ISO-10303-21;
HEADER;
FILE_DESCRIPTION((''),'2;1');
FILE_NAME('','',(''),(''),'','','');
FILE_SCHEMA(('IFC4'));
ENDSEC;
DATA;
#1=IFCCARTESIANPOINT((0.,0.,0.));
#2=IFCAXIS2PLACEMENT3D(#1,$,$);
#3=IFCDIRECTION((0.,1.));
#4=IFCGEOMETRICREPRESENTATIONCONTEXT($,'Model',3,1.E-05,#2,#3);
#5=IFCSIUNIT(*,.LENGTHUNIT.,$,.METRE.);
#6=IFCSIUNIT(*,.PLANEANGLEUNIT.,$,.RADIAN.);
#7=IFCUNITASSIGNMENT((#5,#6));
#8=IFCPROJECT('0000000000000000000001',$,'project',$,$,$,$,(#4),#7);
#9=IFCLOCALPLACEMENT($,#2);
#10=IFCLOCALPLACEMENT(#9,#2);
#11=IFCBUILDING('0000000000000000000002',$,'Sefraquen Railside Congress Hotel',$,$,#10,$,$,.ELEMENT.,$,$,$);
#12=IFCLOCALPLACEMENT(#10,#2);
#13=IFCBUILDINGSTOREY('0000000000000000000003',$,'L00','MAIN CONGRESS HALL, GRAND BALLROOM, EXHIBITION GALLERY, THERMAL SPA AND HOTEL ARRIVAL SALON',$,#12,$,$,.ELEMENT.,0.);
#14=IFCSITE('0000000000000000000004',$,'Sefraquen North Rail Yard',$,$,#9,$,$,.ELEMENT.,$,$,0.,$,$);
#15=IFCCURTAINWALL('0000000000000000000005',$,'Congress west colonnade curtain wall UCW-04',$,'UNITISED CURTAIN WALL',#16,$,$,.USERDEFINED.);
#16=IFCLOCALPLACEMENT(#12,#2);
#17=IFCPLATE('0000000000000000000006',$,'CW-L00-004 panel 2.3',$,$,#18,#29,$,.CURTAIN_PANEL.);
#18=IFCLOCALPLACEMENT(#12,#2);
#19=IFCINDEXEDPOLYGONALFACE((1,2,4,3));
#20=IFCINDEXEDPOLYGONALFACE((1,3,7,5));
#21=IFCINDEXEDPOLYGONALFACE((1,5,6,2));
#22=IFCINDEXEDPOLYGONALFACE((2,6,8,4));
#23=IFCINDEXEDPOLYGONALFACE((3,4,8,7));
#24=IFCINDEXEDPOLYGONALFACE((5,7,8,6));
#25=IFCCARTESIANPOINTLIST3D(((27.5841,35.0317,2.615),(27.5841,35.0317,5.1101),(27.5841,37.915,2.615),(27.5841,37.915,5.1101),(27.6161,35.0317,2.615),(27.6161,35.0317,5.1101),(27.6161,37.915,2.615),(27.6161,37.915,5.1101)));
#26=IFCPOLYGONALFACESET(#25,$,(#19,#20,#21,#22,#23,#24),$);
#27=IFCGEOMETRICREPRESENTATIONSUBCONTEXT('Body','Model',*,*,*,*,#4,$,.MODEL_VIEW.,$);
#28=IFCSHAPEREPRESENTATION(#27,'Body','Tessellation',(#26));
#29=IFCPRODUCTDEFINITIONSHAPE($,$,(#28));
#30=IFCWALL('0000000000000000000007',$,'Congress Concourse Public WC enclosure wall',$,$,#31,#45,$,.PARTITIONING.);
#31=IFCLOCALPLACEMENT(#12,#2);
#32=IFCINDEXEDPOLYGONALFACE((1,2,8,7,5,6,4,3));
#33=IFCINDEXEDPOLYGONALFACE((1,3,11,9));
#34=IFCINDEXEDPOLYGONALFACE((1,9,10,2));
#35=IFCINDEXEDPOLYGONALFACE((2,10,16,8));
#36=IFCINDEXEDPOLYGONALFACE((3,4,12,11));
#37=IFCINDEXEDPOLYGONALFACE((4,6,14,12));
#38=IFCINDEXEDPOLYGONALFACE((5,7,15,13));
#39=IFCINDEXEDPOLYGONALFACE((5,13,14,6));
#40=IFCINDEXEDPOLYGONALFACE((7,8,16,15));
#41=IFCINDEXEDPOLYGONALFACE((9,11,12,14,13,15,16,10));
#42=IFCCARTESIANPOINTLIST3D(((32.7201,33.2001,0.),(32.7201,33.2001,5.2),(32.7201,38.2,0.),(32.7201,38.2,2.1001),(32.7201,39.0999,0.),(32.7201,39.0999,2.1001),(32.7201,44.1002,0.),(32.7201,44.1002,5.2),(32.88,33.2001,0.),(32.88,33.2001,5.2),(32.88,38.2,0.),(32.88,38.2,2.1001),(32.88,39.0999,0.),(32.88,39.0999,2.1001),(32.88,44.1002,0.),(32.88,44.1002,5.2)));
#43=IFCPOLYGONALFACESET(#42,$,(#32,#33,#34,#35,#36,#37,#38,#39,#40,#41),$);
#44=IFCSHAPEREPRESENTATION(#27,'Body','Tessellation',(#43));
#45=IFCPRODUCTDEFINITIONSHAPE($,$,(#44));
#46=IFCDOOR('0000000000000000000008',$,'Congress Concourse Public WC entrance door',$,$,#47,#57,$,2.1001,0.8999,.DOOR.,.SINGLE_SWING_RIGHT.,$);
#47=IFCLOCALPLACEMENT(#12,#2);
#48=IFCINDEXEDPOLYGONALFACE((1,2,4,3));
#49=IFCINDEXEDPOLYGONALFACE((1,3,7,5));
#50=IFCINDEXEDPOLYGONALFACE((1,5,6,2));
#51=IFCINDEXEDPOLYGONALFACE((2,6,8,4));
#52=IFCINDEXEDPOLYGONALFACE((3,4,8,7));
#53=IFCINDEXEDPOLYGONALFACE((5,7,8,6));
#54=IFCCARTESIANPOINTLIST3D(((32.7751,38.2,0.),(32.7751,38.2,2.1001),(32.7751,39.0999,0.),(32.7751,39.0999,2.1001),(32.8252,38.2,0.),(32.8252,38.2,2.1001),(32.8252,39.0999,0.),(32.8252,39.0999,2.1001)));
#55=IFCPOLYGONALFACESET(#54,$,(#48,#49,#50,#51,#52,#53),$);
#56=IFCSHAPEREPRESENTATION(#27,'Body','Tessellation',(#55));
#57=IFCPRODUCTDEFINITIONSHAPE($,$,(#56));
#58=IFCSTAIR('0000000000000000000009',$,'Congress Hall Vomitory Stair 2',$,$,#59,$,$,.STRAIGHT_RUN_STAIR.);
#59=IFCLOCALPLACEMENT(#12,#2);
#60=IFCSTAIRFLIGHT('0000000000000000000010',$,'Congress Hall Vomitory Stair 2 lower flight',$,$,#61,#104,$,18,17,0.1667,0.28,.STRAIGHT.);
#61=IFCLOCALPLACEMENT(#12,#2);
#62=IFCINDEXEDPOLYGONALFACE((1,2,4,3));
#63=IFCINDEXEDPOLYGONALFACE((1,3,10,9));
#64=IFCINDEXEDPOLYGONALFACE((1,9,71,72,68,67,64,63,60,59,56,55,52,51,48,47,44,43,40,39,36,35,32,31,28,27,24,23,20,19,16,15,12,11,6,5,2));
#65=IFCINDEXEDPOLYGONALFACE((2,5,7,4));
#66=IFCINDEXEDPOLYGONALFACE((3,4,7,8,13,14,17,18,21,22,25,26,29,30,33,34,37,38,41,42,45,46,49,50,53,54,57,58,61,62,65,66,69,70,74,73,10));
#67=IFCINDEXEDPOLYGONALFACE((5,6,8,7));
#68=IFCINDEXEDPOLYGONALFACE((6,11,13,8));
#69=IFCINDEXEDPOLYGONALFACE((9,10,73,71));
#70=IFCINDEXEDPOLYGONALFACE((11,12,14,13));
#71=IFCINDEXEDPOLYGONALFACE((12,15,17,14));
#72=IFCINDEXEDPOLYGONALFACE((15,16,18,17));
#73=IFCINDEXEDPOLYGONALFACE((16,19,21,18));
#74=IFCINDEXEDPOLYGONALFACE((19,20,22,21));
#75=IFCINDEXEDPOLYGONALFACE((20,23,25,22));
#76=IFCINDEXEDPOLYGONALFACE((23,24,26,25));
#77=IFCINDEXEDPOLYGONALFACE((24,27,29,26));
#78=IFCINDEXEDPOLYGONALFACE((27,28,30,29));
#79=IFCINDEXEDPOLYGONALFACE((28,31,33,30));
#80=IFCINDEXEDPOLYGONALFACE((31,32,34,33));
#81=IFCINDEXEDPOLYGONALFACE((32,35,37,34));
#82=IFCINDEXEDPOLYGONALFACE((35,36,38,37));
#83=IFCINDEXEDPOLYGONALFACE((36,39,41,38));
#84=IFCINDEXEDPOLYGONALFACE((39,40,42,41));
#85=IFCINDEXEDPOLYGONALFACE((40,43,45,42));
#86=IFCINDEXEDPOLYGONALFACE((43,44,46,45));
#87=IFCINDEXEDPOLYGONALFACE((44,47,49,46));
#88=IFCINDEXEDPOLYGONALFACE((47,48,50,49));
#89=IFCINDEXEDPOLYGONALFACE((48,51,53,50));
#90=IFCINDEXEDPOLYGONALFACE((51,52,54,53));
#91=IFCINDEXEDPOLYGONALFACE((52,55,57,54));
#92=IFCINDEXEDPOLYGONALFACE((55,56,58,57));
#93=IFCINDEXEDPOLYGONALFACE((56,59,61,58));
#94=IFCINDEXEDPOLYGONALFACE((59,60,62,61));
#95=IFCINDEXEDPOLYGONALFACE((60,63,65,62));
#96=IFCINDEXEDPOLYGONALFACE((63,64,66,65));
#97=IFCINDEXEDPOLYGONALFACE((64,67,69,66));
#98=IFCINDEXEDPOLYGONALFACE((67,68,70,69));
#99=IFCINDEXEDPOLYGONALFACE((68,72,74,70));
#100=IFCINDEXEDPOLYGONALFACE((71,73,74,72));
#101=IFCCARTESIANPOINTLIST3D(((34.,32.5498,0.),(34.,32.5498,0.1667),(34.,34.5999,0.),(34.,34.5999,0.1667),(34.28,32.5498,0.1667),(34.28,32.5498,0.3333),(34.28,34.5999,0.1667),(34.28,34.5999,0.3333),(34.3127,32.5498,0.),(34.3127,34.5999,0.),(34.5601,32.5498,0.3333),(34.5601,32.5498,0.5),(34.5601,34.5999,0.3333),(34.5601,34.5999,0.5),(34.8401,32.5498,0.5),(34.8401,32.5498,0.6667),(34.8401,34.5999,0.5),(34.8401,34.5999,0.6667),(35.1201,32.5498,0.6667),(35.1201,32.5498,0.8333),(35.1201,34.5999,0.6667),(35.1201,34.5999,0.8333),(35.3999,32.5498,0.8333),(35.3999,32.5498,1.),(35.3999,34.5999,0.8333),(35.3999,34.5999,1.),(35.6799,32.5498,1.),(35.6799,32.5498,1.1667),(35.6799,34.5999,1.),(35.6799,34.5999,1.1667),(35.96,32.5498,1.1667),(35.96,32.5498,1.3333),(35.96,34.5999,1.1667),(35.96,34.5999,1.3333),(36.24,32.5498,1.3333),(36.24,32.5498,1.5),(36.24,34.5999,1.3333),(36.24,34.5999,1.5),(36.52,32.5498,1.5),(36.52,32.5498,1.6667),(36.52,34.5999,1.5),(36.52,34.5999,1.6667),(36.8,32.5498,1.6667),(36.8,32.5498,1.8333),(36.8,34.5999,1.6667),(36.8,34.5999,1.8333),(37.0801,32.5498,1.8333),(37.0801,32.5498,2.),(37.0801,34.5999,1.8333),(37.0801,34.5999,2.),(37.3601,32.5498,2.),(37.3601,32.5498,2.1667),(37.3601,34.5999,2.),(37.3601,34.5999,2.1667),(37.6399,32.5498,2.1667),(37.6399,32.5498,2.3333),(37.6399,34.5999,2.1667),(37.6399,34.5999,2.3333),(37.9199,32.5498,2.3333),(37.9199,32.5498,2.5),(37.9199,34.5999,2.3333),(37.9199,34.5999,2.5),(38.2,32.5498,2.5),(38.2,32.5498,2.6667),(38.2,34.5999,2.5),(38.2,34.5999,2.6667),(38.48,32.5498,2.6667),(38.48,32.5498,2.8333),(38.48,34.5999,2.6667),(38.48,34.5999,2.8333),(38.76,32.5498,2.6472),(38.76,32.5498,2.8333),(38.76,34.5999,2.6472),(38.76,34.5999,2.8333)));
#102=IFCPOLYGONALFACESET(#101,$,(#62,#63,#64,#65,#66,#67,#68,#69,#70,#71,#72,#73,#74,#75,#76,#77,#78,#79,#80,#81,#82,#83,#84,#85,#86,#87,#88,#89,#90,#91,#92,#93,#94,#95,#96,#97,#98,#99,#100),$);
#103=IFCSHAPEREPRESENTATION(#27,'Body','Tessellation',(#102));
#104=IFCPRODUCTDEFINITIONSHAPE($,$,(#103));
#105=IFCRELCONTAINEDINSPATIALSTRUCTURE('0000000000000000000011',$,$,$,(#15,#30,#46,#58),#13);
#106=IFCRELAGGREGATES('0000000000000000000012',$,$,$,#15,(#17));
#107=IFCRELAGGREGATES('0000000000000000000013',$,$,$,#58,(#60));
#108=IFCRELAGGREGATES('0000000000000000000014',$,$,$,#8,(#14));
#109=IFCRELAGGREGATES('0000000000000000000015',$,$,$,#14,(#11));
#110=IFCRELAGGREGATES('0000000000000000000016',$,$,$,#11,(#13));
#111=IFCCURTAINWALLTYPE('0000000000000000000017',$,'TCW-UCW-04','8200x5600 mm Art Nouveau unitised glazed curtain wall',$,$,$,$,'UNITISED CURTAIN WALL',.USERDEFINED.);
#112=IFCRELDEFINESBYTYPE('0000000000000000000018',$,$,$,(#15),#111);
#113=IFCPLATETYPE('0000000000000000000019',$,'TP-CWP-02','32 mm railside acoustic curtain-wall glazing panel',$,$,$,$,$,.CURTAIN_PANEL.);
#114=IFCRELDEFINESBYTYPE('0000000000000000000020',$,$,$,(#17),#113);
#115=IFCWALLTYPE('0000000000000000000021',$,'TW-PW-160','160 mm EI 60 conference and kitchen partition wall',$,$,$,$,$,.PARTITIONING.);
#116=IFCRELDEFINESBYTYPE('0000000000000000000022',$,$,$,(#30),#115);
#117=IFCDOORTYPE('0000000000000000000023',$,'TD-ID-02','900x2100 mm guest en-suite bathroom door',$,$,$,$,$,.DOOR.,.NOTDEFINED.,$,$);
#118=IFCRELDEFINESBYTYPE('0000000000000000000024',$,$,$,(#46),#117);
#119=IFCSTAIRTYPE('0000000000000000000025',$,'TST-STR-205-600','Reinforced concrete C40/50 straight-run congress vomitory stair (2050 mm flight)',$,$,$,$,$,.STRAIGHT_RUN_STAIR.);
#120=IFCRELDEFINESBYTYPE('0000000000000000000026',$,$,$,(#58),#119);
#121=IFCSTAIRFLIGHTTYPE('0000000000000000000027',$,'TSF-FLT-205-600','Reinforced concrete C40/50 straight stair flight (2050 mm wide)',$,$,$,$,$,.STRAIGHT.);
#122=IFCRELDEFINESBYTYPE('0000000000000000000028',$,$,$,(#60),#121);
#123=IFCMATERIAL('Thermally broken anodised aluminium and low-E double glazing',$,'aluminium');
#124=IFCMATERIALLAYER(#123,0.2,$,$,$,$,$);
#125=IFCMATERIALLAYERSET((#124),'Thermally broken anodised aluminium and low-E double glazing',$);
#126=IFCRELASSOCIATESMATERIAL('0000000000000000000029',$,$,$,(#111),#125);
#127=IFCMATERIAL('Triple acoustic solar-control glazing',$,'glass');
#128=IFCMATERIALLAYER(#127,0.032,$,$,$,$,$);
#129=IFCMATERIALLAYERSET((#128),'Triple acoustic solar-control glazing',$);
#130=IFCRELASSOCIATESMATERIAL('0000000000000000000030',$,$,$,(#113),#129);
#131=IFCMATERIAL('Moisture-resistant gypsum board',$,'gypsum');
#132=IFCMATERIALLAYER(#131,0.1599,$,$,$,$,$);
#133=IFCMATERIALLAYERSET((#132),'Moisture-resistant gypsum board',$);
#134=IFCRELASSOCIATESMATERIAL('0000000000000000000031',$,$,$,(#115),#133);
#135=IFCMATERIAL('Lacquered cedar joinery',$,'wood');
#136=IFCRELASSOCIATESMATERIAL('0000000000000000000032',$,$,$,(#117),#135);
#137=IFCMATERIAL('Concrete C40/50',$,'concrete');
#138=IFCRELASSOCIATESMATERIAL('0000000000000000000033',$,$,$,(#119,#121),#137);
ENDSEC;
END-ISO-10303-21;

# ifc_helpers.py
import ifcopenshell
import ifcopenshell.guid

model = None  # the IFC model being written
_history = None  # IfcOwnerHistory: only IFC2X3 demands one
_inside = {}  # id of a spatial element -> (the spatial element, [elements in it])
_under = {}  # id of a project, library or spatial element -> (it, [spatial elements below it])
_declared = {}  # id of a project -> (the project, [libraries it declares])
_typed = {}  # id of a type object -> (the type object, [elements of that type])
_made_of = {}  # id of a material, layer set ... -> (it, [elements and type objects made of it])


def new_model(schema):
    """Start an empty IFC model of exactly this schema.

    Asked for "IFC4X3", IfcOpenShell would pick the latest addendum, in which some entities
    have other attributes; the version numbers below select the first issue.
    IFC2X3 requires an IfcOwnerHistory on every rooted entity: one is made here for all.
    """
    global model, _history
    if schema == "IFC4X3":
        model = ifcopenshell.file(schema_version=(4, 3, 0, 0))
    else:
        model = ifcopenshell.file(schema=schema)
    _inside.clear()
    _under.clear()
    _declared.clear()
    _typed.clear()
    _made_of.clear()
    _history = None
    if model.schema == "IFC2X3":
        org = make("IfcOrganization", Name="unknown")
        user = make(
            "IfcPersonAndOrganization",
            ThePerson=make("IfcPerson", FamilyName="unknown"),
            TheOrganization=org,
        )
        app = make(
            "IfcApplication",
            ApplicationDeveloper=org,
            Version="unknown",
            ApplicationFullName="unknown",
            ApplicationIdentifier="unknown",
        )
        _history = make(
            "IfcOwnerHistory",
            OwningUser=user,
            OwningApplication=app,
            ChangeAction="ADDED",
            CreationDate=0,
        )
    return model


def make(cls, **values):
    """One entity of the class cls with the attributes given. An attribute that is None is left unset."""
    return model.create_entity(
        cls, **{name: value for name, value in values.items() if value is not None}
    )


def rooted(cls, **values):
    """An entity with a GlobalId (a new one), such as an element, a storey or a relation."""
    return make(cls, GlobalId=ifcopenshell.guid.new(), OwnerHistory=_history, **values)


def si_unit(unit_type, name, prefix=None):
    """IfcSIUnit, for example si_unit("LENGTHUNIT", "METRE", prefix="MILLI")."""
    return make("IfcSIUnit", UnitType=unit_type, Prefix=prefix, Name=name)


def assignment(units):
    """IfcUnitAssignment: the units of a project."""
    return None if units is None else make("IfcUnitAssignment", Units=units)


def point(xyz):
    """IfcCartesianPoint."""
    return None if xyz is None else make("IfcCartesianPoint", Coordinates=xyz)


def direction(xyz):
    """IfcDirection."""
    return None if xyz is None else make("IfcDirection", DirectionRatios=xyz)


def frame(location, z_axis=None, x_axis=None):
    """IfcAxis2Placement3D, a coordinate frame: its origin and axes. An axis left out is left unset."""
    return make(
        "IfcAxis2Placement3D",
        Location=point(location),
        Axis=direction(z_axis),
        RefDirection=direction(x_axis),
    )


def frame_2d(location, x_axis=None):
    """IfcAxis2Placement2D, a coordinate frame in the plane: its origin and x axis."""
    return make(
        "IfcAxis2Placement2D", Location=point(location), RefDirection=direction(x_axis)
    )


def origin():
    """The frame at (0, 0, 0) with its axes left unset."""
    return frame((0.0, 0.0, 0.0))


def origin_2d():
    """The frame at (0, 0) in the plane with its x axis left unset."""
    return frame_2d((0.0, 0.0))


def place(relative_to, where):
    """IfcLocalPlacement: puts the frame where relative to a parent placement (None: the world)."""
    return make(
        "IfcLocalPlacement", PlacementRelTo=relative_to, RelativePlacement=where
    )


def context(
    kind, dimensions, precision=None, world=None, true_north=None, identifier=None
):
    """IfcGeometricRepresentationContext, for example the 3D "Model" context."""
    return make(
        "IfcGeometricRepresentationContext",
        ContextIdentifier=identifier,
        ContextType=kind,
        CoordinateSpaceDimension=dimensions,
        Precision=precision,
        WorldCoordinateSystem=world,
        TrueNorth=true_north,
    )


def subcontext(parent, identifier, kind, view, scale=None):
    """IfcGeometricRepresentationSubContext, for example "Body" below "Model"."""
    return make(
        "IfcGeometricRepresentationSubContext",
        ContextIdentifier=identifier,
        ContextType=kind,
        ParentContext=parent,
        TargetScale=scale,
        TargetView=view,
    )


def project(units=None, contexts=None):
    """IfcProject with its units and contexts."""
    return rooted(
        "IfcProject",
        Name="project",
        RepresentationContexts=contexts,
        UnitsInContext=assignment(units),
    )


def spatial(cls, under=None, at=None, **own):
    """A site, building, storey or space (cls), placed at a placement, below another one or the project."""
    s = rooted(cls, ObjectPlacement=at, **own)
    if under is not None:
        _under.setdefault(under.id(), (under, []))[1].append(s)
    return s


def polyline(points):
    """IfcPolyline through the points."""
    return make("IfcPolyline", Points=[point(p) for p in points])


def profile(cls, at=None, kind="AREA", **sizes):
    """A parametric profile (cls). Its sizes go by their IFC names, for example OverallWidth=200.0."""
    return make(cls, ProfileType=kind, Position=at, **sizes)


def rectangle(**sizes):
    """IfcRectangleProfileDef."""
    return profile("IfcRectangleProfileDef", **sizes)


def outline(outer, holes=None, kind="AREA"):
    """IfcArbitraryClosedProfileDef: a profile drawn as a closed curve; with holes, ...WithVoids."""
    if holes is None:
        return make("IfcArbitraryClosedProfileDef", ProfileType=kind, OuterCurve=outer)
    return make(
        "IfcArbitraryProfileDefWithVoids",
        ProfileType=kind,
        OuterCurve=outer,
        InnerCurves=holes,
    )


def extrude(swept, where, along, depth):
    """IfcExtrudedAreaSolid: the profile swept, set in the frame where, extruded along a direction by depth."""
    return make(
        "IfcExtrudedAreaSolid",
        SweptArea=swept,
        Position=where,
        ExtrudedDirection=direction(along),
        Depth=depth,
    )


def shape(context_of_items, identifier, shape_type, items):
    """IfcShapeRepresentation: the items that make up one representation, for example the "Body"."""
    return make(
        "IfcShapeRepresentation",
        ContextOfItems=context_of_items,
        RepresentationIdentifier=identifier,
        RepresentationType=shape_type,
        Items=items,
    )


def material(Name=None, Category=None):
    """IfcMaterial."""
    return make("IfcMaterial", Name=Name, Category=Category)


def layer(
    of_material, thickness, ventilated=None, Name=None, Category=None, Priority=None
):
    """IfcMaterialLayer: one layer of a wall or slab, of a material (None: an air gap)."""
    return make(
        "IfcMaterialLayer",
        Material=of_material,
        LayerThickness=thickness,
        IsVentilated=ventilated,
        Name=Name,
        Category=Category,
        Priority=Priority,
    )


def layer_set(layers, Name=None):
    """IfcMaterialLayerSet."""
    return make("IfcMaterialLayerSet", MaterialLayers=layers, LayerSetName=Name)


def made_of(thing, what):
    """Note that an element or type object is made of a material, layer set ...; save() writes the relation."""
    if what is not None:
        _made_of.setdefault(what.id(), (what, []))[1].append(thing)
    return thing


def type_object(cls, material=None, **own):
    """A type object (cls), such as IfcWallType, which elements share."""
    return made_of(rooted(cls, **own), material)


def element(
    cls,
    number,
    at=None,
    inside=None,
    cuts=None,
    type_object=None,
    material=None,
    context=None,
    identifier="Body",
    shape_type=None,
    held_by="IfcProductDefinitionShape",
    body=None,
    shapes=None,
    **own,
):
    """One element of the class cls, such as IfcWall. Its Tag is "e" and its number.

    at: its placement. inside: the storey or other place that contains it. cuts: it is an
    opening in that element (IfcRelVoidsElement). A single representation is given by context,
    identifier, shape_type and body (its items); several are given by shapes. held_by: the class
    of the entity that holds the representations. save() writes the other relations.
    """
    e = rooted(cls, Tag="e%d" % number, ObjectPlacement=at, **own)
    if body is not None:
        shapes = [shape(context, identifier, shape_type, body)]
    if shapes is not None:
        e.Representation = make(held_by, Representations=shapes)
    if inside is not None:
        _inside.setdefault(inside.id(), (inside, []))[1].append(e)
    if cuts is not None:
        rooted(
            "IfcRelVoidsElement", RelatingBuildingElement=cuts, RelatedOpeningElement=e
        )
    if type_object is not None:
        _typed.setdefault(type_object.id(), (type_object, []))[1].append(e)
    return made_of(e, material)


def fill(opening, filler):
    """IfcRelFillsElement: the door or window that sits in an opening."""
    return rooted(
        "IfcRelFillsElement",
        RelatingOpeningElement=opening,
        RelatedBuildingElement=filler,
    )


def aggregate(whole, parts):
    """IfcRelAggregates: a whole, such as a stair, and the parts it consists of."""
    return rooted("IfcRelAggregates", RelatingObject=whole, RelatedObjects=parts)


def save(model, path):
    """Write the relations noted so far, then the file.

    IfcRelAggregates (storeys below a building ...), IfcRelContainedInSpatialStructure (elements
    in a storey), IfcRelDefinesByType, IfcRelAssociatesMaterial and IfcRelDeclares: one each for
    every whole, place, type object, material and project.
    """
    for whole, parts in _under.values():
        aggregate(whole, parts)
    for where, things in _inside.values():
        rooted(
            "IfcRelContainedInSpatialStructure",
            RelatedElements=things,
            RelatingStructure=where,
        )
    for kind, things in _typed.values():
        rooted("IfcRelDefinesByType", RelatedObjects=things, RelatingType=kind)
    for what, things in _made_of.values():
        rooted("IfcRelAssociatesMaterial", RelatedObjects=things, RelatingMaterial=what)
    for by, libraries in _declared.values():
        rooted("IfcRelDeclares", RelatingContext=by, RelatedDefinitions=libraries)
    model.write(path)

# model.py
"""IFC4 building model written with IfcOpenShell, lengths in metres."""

from ifc_helpers import new_model, si_unit, direction, frame, frame_2d, origin, origin_2d, place, context, subcontext, project, spatial, polyline, rectangle, outline, extrude, material, layer, layer_set, type_object, element, fill, aggregate, save


model = new_model("IFC4")

# Units and contexts
model_context = context("Model", 3, precision=1e-05, world=origin(), true_north=direction((0.0, 1.0)))
body_context = subcontext(model_context, "Body", "Model", "MODEL_VIEW")
ifc_project = project(units=[si_unit("LENGTHUNIT", "METRE"), si_unit("PLANEANGLEUNIT", "RADIAN")], contexts=[model_context])

# Site, building, storey
site_placement = place(None, origin())
site = spatial("IfcSite", under=ifc_project, at=site_placement, Name="Sefraquen North Rail Yard", CompositionType="ELEMENT", RefElevation=0.0)
building_placement = place(site_placement, origin())
building = spatial("IfcBuilding", under=site, at=building_placement, Name="Sefraquen Railside Congress Hotel", CompositionType="ELEMENT")
storey_placement = place(building_placement, origin())
storey = spatial("IfcBuildingStorey", under=building, at=storey_placement, Name="L00", Description="MAIN CONGRESS HALL, GRAND BALLROOM, EXHIBITION GALLERY, THERMAL SPA AND HOTEL ARRIVAL SALON", CompositionType="ELEMENT", Elevation=0.0)

# Curtain wall
ifc_material_1 = material(Name="Thermally broken anodised aluminium and low-E double glazing", Category="aluminium")
ifc_layer_1 = layer(ifc_material_1, 0.2)
ifc_layer_set_1 = layer_set([ifc_layer_1], Name="Thermally broken anodised aluminium and low-E double glazing")
curtain_wall_type_1 = type_object("IfcCurtainWallType", Name="TCW-UCW-04", Description="8200x5600 mm Art Nouveau unitised glazed curtain wall", ElementType="UNITISED CURTAIN WALL", PredefinedType="USERDEFINED", material=ifc_layer_set_1)
curtain_wall_1_placement = place(storey_placement, origin())
curtain_wall_1 = element("IfcCurtainWall", 1, at=curtain_wall_1_placement, inside=storey, type_object=curtain_wall_type_1, Name="Congress west colonnade curtain wall UCW-04", ObjectType="UNITISED CURTAIN WALL", PredefinedType="USERDEFINED")

# Plate
ifc_material_2 = material(Name="Triple acoustic solar-control glazing", Category="glass")
ifc_layer_2 = layer(ifc_material_2, 0.032)
ifc_layer_set_2 = layer_set([ifc_layer_2], Name="Triple acoustic solar-control glazing")
plate_type_1 = type_object("IfcPlateType", Name="TP-CWP-02", Description="32 mm railside acoustic curtain-wall glazing panel", PredefinedType="CURTAIN_PANEL", material=ifc_layer_set_2)
plate_1_placement = place(storey_placement, frame((27.6001, 36.4734, 2.615), z_axis=(0.0, 0.0, 1.0), x_axis=(0.0, 1.0, 0.0)))
plate_1 = element("IfcPlate", 2, at=plate_1_placement, type_object=plate_type_1, Name="CW-L00-004 panel 2.3", PredefinedType="CURTAIN_PANEL", context=body_context, shape_type="SweptSolid", body=[
    extrude(rectangle(XDim=2.8833, YDim=0.032, at=origin_2d()), origin(), (0.0, 0.0, 1.0), 2.4951),
])
aggregate(curtain_wall_1, [plate_1])

# Wall, opening, door
ifc_material_3 = material(Name="Moisture-resistant gypsum board", Category="gypsum")
ifc_layer_3 = layer(ifc_material_3, 0.1599)
ifc_layer_set_3 = layer_set([ifc_layer_3], Name="Moisture-resistant gypsum board")
wall_type = type_object("IfcWallType", Name="TW-PW-160", Description="160 mm EI 60 conference and kitchen partition wall", PredefinedType="PARTITIONING", material=ifc_layer_set_3)
wall_placement = place(storey_placement, frame((32.8, 33.2, 0.0), z_axis=(0.0, 0.0, 1.0), x_axis=(0.0, 1.0, 0.0)))
wall = element("IfcWall", 3, at=wall_placement, inside=storey, type_object=wall_type, Name="Congress Concourse Public WC enclosure wall", PredefinedType="PARTITIONING", context=body_context, shape_type="SweptSolid", body=[
    extrude(rectangle(XDim=10.9001, YDim=0.1599, at=frame_2d((5.4502, 0.0))), origin(), (0.0, 0.0, 1.0), 5.2),
])
opening_placement = place(wall_placement, frame((5.0, 0.0, 0.0)))
opening = element("IfcOpeningElement", 4, at=opening_placement, cuts=wall, PredefinedType="OPENING", context=body_context, shape_type="SweptSolid", body=[
    extrude(rectangle(XDim=0.8999, YDim=2.1001, at=frame_2d((0.45, 1.05))), frame((0.0, 0.0898, 0.0), z_axis=(0.0, -1.0, 0.0), x_axis=(1.0, 0.0, 0.0)), (0.0, 0.0, 1.0), 0.1799),
])
ifc_material_4 = material(Name="Lacquered cedar joinery", Category="wood")
door_type = type_object("IfcDoorType", Name="TD-ID-02", Description="900x2100 mm guest en-suite bathroom door", OperationType="NOTDEFINED", PredefinedType="DOOR", material=ifc_material_4)
door_placement = place(opening_placement, origin())
door = element("IfcDoor", 5, at=door_placement, inside=storey, type_object=door_type, Name="Congress Concourse Public WC entrance door", OperationType="SINGLE_SWING_RIGHT", OverallHeight=2.1001, OverallWidth=0.8999, PredefinedType="DOOR", context=body_context, shape_type="SweptSolid", body=[
    extrude(rectangle(XDim=0.8999, YDim=2.1001, at=frame_2d((0.45, 1.05))), frame((0.0, 0.0249, 0.0), z_axis=(0.0, -1.0, 0.0), x_axis=(1.0, 0.0, 0.0)), (0.0, 0.0, 1.0), 0.05),
])
fill(opening, door)

# Stair, stair flight
ifc_material_5 = material(Name="Concrete C40/50", Category="concrete")
stair_type = type_object("IfcStairType", Name="TST-STR-205-600", Description="Reinforced concrete C40/50 straight-run congress vomitory stair (2050 mm flight)", PredefinedType="STRAIGHT_RUN_STAIR", material=ifc_material_5)
stair_placement = place(storey_placement, origin())
stair = element("IfcStair", 6, at=stair_placement, inside=storey, type_object=stair_type, Name="Congress Hall Vomitory Stair 2", PredefinedType="STRAIGHT_RUN_STAIR")
stair_flight_type = type_object("IfcStairFlightType", Name="TSF-FLT-205-600", Description="Reinforced concrete C40/50 straight stair flight (2050 mm wide)", PredefinedType="STRAIGHT", material=ifc_material_5)
stair_flight_placement = place(storey_placement, frame((34.0, 33.575, 0.0), z_axis=(0.0, 0.0, 1.0), x_axis=(1.0, 0.0, 0.0)))
stair_flight = element("IfcStairFlight", 7, at=stair_flight_placement, type_object=stair_flight_type, Name="Congress Hall Vomitory Stair 2 lower flight", NumberOfRisers=18, NumberOfTreads=17, PredefinedType="STRAIGHT", RiserHeight=0.1667, TreadLength=0.28, context=body_context, shape_type="SweptSolid", body=[
    extrude(outline(polyline([(0.0, 0.0), (0.0, 0.1667), (0.28, 0.1667), (0.28, 0.3333), (0.5601, 0.3333), (0.5601, 0.5), (0.8401, 0.5), (0.8401, 0.6667), (1.1201, 0.6667), (1.1201, 0.8333), (1.3999, 0.8333), (1.3999, 1.0), (1.6799, 1.0), (1.6799, 1.1667), (1.96, 1.1667), (1.96, 1.3333), (2.24, 1.3333), (2.24, 1.5), (2.52, 1.5), (2.52, 1.6667), (2.8, 1.6667), (2.8, 1.8333), (3.0801, 1.8333), (3.0801, 2.0), (3.3601, 2.0), (3.3601, 2.1667), (3.6399, 2.1667), (3.6399, 2.3333), (3.9199, 2.3333), (3.9199, 2.5), (4.2, 2.5), (4.2, 2.6667), (4.48, 2.6667), (4.48, 2.8333), (4.76, 2.8333), (4.76, 3.0), (4.76, 2.6472), (0.3127, 0.0), (0.0, 0.0)])), frame((0.0, 1.0249, 0.0), z_axis=(0.0, -1.0, 0.0), x_axis=(1.0, 0.0, 0.0)), (0.0, 0.0, 1.0), 2.05),
])
aggregate(stair, [stair_flight])

save(model, "model.ifc")
